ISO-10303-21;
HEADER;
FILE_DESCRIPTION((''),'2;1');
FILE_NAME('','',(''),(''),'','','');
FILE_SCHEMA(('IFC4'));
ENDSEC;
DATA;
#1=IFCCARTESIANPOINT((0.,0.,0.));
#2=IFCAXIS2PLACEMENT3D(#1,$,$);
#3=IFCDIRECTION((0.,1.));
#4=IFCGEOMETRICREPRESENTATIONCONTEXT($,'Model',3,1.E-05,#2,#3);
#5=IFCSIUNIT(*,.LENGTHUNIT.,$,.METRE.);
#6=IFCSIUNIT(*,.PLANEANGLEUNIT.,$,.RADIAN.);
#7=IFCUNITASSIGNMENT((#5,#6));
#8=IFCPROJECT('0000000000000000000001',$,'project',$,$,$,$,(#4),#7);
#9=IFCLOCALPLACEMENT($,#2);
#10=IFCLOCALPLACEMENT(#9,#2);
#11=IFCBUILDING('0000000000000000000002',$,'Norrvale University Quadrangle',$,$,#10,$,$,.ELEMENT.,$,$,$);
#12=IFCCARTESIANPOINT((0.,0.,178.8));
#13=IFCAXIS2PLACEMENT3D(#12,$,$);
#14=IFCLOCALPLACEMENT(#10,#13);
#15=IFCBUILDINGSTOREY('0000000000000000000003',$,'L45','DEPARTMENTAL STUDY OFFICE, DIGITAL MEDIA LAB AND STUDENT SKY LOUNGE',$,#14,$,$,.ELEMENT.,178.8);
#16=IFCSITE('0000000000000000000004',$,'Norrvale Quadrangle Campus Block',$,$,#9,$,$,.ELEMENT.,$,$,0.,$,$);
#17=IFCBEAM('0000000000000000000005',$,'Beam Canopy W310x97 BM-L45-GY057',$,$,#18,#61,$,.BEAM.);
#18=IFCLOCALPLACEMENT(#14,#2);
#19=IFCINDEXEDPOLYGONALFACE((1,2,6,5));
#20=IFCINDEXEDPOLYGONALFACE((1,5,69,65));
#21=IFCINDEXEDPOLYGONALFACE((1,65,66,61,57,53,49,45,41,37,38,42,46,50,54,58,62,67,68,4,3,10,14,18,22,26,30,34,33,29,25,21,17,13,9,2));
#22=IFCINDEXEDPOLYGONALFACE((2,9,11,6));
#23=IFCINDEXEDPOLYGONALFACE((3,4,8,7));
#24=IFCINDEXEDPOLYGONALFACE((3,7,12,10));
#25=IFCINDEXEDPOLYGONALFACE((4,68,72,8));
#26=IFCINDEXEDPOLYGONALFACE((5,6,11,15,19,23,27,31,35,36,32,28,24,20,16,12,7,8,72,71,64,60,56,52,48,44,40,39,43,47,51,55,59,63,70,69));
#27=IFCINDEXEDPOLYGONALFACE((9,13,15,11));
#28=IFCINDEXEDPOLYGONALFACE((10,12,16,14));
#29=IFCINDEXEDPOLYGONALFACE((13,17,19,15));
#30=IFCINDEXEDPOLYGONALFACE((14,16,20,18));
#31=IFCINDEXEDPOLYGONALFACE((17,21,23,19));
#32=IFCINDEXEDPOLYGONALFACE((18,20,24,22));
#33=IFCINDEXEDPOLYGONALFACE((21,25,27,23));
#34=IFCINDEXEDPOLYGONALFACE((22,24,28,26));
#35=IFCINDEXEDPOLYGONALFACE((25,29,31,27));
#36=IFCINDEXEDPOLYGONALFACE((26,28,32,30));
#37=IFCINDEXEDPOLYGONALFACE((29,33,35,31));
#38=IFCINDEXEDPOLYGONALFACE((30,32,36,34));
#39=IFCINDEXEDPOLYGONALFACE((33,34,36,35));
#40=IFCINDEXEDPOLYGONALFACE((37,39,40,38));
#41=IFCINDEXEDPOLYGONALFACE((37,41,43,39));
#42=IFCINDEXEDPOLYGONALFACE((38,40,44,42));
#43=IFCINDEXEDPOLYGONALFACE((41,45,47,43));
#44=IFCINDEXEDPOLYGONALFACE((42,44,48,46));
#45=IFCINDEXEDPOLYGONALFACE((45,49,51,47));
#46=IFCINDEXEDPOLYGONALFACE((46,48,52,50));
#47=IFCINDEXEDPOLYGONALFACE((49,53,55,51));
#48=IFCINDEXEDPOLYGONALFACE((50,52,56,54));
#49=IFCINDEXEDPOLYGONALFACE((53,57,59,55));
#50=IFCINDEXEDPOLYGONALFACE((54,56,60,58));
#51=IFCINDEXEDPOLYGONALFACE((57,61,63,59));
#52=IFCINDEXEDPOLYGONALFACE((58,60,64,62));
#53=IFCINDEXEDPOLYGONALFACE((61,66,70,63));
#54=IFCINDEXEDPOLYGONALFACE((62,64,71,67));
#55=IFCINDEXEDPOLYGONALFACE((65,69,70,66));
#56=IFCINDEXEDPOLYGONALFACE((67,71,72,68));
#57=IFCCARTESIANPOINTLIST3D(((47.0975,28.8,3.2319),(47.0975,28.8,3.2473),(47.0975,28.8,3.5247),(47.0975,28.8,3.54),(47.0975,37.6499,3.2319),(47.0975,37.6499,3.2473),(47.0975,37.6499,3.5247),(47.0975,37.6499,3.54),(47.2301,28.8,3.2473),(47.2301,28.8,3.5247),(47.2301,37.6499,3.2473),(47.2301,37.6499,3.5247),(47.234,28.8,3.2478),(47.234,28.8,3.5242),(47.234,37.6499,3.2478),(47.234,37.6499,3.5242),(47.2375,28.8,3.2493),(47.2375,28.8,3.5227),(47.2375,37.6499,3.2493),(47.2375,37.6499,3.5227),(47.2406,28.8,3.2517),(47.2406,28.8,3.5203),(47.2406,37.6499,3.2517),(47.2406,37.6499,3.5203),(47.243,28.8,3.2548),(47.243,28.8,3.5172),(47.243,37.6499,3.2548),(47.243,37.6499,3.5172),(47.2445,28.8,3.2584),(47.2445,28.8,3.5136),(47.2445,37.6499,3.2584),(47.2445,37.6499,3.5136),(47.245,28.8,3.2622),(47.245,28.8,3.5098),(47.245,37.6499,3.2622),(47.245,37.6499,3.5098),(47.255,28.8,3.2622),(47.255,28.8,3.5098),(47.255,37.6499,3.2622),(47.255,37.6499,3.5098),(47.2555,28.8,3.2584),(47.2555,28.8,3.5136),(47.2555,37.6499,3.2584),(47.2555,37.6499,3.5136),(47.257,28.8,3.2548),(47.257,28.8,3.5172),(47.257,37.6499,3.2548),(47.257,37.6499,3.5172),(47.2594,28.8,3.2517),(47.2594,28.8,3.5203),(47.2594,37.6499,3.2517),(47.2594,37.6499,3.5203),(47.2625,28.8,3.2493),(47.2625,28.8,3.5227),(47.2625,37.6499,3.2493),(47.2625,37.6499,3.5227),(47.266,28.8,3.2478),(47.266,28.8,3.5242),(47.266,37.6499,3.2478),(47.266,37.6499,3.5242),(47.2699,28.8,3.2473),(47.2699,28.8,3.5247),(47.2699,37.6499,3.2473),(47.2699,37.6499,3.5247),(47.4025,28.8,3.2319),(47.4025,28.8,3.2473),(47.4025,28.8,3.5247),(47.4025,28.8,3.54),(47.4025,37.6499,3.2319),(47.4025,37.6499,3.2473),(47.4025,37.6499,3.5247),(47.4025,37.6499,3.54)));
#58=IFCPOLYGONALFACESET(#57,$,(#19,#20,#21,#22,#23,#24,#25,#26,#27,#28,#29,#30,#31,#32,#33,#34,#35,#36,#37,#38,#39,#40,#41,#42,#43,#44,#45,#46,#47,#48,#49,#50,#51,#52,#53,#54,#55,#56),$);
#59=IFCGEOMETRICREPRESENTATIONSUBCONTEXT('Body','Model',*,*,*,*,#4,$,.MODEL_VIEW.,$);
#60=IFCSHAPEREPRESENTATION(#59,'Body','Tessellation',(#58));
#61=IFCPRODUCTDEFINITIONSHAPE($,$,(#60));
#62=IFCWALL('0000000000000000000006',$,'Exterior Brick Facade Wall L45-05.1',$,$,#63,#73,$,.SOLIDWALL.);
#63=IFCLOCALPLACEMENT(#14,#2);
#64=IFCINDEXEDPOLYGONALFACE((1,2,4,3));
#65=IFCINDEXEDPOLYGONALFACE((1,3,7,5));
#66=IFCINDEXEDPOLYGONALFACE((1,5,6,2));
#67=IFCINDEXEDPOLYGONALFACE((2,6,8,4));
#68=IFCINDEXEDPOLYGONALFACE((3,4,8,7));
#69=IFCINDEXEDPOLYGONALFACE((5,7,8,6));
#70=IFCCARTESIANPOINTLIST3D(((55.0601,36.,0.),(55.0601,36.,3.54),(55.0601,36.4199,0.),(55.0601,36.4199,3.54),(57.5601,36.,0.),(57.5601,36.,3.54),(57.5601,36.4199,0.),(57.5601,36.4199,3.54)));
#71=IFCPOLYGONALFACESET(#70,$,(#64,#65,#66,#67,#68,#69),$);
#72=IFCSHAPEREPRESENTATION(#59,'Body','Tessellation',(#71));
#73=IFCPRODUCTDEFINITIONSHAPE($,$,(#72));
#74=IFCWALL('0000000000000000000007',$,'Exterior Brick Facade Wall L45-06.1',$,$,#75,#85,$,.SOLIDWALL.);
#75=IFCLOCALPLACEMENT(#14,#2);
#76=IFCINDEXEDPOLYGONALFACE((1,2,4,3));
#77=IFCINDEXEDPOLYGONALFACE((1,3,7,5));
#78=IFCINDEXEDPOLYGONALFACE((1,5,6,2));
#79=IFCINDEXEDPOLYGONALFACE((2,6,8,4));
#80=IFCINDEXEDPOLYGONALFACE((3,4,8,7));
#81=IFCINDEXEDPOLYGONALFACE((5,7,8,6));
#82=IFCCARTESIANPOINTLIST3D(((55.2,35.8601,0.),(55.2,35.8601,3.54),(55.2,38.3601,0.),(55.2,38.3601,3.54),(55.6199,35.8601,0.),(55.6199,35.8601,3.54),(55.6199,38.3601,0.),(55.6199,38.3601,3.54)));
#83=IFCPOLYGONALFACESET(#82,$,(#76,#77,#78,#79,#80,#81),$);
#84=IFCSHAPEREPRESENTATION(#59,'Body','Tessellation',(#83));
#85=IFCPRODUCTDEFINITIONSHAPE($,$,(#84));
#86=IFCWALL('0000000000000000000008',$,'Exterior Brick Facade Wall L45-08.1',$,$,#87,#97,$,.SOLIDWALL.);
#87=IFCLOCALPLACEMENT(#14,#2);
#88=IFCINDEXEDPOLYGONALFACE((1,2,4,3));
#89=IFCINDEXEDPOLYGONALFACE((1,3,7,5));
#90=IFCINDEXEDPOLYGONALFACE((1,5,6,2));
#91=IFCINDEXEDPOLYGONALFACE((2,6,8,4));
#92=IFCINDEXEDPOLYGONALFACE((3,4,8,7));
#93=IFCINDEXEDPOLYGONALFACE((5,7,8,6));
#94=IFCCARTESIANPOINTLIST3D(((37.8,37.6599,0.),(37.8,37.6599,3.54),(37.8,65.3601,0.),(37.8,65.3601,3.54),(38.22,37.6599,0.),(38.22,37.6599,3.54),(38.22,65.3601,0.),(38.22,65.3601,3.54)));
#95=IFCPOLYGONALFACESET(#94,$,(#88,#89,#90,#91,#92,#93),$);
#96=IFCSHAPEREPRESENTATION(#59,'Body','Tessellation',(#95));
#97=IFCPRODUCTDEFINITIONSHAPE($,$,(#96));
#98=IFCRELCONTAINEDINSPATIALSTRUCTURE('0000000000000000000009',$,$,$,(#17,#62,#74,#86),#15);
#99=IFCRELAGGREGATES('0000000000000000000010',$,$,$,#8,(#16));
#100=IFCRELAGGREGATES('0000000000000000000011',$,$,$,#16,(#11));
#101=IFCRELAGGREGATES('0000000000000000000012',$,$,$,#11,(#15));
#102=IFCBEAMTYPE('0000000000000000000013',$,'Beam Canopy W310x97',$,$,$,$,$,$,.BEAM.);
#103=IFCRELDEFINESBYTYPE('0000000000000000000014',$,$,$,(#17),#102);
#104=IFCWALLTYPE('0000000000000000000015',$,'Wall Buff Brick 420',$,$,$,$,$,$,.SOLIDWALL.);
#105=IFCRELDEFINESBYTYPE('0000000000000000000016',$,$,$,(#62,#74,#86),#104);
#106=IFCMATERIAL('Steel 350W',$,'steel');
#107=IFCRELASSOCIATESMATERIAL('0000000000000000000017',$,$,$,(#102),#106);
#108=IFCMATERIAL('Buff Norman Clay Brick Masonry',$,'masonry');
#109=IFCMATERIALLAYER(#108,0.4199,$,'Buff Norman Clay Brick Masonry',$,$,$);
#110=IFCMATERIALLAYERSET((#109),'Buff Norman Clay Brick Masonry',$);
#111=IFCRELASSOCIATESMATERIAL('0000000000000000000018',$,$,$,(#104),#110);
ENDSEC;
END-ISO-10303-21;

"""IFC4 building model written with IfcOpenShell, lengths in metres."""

from ifc_helpers import new_model, si_unit, direction, frame, frame_2d, origin, origin_2d, place, context, subcontext, project, spatial, rectangle, i_section, extrude, material, layer, layer_set, material_profile, profile_set, type_object, element, save


model = new_model("IFC4")

# Units and contexts
model_context = context("Model", 3, precision=1e-05, world=origin(), true_north=direction((0.0, 1.0)))
body_context = subcontext(model_context, "Body", "Model", "MODEL_VIEW")
ifc_project = project(units=[si_unit("LENGTHUNIT", "METRE"), si_unit("PLANEANGLEUNIT", "RADIAN")], contexts=[model_context])

# Site, building, storey
site_placement = place(None, origin())
site = spatial("IfcSite", under=ifc_project, at=site_placement, Name="Norrvale Quadrangle Campus Block", CompositionType="ELEMENT", RefElevation=0.0)
building_placement = place(site_placement, origin())
building = spatial("IfcBuilding", under=site, at=building_placement, Name="Norrvale University Quadrangle", CompositionType="ELEMENT")
storey_placement = place(building_placement, frame((0.0, 0.0, 178.8)))
storey = spatial("IfcBuildingStorey", under=building, at=storey_placement, Name="L45", Description="DEPARTMENTAL STUDY OFFICE, DIGITAL MEDIA LAB AND STUDENT SKY LOUNGE", CompositionType="ELEMENT", Elevation=178.8)

# Beam
ifc_material_1 = material(Name="Steel 350W", Category="steel")
ifc_material_profile_1 = material_profile(ifc_material_1, i_section(OverallWidth=0.3049, OverallDepth=0.3081, WebThickness=0.01, FlangeThickness=0.0154, FilletRadius=0.0149, at=origin_2d()), Name="Steel 350W")
ifc_profile_set_1 = profile_set([ifc_material_profile_1], Name="Steel 350W")
beam_type_1 = type_object("IfcBeamType", Name="Beam Canopy W310x97", PredefinedType="BEAM", material=ifc_profile_set_1)
beam_1_placement = place(storey_placement, frame((47.25, 28.8, 3.386), z_axis=(0.0, 1.0, 0.0), x_axis=(-1.0, 0.0, 0.0)))
element("IfcBeam", 1, at=beam_1_placement, inside=storey, type_object=beam_type_1, Name="Beam Canopy W310x97 BM-L45-GY057", PredefinedType="BEAM", context=body_context, shape_type="SweptSolid", body=[
    extrude(i_section(OverallWidth=0.3049, OverallDepth=0.3081, WebThickness=0.01, FlangeThickness=0.0154, FilletRadius=0.0149, at=origin_2d()), origin(), (0.0, 0.0, 1.0), 8.8499),
])

# Walls
ifc_material_2 = material(Name="Buff Norman Clay Brick Masonry", Category="masonry")
ifc_layer = layer(ifc_material_2, 0.4199, Name="Buff Norman Clay Brick Masonry")
ifc_layer_set = layer_set([ifc_layer], Name="Buff Norman Clay Brick Masonry")
wall_type = type_object("IfcWallType", Name="Wall Buff Brick 420", PredefinedType="SOLIDWALL", material=ifc_layer_set)
for number, where, z_axis, x_axis, name in (
    (2, (57.5601, 36.21, 0.0), (0.0, 0.0, 1.0), (-1.0, 0.0, 0.0), "Exterior Brick Facade Wall L45-05.1"),
    (3, (55.4099, 35.8601, 0.0), (0.0, 0.0, 1.0), (0.0, 1.0, 0.0), "Exterior Brick Facade Wall L45-06.1"),
):
    element("IfcWall", number, at=place(storey_placement, frame(where, z_axis=z_axis, x_axis=x_axis)), inside=storey, type_object=wall_type, Name=name, PredefinedType="SOLIDWALL", context=body_context, shape_type="SweptSolid", body=[
        extrude(rectangle(XDim=2.5, YDim=0.4199, at=frame_2d((1.25, 0.0))), origin(), (0.0, 0.0, 1.0), 3.54),
    ])
wall_placement = place(storey_placement, frame((38.01, 37.6599, 0.0), z_axis=(0.0, 0.0, 1.0), x_axis=(0.0, 1.0, 0.0)))
element("IfcWall", 4, at=wall_placement, inside=storey, type_object=wall_type, Name="Exterior Brick Facade Wall L45-08.1", PredefinedType="SOLIDWALL", context=body_context, shape_type="SweptSolid", body=[
    extrude(rectangle(XDim=27.7002, YDim=0.4199, at=frame_2d((13.8501, 0.0))), origin(), (0.0, 0.0, 1.0), 3.54),
])

save(model, "model.ifc")
